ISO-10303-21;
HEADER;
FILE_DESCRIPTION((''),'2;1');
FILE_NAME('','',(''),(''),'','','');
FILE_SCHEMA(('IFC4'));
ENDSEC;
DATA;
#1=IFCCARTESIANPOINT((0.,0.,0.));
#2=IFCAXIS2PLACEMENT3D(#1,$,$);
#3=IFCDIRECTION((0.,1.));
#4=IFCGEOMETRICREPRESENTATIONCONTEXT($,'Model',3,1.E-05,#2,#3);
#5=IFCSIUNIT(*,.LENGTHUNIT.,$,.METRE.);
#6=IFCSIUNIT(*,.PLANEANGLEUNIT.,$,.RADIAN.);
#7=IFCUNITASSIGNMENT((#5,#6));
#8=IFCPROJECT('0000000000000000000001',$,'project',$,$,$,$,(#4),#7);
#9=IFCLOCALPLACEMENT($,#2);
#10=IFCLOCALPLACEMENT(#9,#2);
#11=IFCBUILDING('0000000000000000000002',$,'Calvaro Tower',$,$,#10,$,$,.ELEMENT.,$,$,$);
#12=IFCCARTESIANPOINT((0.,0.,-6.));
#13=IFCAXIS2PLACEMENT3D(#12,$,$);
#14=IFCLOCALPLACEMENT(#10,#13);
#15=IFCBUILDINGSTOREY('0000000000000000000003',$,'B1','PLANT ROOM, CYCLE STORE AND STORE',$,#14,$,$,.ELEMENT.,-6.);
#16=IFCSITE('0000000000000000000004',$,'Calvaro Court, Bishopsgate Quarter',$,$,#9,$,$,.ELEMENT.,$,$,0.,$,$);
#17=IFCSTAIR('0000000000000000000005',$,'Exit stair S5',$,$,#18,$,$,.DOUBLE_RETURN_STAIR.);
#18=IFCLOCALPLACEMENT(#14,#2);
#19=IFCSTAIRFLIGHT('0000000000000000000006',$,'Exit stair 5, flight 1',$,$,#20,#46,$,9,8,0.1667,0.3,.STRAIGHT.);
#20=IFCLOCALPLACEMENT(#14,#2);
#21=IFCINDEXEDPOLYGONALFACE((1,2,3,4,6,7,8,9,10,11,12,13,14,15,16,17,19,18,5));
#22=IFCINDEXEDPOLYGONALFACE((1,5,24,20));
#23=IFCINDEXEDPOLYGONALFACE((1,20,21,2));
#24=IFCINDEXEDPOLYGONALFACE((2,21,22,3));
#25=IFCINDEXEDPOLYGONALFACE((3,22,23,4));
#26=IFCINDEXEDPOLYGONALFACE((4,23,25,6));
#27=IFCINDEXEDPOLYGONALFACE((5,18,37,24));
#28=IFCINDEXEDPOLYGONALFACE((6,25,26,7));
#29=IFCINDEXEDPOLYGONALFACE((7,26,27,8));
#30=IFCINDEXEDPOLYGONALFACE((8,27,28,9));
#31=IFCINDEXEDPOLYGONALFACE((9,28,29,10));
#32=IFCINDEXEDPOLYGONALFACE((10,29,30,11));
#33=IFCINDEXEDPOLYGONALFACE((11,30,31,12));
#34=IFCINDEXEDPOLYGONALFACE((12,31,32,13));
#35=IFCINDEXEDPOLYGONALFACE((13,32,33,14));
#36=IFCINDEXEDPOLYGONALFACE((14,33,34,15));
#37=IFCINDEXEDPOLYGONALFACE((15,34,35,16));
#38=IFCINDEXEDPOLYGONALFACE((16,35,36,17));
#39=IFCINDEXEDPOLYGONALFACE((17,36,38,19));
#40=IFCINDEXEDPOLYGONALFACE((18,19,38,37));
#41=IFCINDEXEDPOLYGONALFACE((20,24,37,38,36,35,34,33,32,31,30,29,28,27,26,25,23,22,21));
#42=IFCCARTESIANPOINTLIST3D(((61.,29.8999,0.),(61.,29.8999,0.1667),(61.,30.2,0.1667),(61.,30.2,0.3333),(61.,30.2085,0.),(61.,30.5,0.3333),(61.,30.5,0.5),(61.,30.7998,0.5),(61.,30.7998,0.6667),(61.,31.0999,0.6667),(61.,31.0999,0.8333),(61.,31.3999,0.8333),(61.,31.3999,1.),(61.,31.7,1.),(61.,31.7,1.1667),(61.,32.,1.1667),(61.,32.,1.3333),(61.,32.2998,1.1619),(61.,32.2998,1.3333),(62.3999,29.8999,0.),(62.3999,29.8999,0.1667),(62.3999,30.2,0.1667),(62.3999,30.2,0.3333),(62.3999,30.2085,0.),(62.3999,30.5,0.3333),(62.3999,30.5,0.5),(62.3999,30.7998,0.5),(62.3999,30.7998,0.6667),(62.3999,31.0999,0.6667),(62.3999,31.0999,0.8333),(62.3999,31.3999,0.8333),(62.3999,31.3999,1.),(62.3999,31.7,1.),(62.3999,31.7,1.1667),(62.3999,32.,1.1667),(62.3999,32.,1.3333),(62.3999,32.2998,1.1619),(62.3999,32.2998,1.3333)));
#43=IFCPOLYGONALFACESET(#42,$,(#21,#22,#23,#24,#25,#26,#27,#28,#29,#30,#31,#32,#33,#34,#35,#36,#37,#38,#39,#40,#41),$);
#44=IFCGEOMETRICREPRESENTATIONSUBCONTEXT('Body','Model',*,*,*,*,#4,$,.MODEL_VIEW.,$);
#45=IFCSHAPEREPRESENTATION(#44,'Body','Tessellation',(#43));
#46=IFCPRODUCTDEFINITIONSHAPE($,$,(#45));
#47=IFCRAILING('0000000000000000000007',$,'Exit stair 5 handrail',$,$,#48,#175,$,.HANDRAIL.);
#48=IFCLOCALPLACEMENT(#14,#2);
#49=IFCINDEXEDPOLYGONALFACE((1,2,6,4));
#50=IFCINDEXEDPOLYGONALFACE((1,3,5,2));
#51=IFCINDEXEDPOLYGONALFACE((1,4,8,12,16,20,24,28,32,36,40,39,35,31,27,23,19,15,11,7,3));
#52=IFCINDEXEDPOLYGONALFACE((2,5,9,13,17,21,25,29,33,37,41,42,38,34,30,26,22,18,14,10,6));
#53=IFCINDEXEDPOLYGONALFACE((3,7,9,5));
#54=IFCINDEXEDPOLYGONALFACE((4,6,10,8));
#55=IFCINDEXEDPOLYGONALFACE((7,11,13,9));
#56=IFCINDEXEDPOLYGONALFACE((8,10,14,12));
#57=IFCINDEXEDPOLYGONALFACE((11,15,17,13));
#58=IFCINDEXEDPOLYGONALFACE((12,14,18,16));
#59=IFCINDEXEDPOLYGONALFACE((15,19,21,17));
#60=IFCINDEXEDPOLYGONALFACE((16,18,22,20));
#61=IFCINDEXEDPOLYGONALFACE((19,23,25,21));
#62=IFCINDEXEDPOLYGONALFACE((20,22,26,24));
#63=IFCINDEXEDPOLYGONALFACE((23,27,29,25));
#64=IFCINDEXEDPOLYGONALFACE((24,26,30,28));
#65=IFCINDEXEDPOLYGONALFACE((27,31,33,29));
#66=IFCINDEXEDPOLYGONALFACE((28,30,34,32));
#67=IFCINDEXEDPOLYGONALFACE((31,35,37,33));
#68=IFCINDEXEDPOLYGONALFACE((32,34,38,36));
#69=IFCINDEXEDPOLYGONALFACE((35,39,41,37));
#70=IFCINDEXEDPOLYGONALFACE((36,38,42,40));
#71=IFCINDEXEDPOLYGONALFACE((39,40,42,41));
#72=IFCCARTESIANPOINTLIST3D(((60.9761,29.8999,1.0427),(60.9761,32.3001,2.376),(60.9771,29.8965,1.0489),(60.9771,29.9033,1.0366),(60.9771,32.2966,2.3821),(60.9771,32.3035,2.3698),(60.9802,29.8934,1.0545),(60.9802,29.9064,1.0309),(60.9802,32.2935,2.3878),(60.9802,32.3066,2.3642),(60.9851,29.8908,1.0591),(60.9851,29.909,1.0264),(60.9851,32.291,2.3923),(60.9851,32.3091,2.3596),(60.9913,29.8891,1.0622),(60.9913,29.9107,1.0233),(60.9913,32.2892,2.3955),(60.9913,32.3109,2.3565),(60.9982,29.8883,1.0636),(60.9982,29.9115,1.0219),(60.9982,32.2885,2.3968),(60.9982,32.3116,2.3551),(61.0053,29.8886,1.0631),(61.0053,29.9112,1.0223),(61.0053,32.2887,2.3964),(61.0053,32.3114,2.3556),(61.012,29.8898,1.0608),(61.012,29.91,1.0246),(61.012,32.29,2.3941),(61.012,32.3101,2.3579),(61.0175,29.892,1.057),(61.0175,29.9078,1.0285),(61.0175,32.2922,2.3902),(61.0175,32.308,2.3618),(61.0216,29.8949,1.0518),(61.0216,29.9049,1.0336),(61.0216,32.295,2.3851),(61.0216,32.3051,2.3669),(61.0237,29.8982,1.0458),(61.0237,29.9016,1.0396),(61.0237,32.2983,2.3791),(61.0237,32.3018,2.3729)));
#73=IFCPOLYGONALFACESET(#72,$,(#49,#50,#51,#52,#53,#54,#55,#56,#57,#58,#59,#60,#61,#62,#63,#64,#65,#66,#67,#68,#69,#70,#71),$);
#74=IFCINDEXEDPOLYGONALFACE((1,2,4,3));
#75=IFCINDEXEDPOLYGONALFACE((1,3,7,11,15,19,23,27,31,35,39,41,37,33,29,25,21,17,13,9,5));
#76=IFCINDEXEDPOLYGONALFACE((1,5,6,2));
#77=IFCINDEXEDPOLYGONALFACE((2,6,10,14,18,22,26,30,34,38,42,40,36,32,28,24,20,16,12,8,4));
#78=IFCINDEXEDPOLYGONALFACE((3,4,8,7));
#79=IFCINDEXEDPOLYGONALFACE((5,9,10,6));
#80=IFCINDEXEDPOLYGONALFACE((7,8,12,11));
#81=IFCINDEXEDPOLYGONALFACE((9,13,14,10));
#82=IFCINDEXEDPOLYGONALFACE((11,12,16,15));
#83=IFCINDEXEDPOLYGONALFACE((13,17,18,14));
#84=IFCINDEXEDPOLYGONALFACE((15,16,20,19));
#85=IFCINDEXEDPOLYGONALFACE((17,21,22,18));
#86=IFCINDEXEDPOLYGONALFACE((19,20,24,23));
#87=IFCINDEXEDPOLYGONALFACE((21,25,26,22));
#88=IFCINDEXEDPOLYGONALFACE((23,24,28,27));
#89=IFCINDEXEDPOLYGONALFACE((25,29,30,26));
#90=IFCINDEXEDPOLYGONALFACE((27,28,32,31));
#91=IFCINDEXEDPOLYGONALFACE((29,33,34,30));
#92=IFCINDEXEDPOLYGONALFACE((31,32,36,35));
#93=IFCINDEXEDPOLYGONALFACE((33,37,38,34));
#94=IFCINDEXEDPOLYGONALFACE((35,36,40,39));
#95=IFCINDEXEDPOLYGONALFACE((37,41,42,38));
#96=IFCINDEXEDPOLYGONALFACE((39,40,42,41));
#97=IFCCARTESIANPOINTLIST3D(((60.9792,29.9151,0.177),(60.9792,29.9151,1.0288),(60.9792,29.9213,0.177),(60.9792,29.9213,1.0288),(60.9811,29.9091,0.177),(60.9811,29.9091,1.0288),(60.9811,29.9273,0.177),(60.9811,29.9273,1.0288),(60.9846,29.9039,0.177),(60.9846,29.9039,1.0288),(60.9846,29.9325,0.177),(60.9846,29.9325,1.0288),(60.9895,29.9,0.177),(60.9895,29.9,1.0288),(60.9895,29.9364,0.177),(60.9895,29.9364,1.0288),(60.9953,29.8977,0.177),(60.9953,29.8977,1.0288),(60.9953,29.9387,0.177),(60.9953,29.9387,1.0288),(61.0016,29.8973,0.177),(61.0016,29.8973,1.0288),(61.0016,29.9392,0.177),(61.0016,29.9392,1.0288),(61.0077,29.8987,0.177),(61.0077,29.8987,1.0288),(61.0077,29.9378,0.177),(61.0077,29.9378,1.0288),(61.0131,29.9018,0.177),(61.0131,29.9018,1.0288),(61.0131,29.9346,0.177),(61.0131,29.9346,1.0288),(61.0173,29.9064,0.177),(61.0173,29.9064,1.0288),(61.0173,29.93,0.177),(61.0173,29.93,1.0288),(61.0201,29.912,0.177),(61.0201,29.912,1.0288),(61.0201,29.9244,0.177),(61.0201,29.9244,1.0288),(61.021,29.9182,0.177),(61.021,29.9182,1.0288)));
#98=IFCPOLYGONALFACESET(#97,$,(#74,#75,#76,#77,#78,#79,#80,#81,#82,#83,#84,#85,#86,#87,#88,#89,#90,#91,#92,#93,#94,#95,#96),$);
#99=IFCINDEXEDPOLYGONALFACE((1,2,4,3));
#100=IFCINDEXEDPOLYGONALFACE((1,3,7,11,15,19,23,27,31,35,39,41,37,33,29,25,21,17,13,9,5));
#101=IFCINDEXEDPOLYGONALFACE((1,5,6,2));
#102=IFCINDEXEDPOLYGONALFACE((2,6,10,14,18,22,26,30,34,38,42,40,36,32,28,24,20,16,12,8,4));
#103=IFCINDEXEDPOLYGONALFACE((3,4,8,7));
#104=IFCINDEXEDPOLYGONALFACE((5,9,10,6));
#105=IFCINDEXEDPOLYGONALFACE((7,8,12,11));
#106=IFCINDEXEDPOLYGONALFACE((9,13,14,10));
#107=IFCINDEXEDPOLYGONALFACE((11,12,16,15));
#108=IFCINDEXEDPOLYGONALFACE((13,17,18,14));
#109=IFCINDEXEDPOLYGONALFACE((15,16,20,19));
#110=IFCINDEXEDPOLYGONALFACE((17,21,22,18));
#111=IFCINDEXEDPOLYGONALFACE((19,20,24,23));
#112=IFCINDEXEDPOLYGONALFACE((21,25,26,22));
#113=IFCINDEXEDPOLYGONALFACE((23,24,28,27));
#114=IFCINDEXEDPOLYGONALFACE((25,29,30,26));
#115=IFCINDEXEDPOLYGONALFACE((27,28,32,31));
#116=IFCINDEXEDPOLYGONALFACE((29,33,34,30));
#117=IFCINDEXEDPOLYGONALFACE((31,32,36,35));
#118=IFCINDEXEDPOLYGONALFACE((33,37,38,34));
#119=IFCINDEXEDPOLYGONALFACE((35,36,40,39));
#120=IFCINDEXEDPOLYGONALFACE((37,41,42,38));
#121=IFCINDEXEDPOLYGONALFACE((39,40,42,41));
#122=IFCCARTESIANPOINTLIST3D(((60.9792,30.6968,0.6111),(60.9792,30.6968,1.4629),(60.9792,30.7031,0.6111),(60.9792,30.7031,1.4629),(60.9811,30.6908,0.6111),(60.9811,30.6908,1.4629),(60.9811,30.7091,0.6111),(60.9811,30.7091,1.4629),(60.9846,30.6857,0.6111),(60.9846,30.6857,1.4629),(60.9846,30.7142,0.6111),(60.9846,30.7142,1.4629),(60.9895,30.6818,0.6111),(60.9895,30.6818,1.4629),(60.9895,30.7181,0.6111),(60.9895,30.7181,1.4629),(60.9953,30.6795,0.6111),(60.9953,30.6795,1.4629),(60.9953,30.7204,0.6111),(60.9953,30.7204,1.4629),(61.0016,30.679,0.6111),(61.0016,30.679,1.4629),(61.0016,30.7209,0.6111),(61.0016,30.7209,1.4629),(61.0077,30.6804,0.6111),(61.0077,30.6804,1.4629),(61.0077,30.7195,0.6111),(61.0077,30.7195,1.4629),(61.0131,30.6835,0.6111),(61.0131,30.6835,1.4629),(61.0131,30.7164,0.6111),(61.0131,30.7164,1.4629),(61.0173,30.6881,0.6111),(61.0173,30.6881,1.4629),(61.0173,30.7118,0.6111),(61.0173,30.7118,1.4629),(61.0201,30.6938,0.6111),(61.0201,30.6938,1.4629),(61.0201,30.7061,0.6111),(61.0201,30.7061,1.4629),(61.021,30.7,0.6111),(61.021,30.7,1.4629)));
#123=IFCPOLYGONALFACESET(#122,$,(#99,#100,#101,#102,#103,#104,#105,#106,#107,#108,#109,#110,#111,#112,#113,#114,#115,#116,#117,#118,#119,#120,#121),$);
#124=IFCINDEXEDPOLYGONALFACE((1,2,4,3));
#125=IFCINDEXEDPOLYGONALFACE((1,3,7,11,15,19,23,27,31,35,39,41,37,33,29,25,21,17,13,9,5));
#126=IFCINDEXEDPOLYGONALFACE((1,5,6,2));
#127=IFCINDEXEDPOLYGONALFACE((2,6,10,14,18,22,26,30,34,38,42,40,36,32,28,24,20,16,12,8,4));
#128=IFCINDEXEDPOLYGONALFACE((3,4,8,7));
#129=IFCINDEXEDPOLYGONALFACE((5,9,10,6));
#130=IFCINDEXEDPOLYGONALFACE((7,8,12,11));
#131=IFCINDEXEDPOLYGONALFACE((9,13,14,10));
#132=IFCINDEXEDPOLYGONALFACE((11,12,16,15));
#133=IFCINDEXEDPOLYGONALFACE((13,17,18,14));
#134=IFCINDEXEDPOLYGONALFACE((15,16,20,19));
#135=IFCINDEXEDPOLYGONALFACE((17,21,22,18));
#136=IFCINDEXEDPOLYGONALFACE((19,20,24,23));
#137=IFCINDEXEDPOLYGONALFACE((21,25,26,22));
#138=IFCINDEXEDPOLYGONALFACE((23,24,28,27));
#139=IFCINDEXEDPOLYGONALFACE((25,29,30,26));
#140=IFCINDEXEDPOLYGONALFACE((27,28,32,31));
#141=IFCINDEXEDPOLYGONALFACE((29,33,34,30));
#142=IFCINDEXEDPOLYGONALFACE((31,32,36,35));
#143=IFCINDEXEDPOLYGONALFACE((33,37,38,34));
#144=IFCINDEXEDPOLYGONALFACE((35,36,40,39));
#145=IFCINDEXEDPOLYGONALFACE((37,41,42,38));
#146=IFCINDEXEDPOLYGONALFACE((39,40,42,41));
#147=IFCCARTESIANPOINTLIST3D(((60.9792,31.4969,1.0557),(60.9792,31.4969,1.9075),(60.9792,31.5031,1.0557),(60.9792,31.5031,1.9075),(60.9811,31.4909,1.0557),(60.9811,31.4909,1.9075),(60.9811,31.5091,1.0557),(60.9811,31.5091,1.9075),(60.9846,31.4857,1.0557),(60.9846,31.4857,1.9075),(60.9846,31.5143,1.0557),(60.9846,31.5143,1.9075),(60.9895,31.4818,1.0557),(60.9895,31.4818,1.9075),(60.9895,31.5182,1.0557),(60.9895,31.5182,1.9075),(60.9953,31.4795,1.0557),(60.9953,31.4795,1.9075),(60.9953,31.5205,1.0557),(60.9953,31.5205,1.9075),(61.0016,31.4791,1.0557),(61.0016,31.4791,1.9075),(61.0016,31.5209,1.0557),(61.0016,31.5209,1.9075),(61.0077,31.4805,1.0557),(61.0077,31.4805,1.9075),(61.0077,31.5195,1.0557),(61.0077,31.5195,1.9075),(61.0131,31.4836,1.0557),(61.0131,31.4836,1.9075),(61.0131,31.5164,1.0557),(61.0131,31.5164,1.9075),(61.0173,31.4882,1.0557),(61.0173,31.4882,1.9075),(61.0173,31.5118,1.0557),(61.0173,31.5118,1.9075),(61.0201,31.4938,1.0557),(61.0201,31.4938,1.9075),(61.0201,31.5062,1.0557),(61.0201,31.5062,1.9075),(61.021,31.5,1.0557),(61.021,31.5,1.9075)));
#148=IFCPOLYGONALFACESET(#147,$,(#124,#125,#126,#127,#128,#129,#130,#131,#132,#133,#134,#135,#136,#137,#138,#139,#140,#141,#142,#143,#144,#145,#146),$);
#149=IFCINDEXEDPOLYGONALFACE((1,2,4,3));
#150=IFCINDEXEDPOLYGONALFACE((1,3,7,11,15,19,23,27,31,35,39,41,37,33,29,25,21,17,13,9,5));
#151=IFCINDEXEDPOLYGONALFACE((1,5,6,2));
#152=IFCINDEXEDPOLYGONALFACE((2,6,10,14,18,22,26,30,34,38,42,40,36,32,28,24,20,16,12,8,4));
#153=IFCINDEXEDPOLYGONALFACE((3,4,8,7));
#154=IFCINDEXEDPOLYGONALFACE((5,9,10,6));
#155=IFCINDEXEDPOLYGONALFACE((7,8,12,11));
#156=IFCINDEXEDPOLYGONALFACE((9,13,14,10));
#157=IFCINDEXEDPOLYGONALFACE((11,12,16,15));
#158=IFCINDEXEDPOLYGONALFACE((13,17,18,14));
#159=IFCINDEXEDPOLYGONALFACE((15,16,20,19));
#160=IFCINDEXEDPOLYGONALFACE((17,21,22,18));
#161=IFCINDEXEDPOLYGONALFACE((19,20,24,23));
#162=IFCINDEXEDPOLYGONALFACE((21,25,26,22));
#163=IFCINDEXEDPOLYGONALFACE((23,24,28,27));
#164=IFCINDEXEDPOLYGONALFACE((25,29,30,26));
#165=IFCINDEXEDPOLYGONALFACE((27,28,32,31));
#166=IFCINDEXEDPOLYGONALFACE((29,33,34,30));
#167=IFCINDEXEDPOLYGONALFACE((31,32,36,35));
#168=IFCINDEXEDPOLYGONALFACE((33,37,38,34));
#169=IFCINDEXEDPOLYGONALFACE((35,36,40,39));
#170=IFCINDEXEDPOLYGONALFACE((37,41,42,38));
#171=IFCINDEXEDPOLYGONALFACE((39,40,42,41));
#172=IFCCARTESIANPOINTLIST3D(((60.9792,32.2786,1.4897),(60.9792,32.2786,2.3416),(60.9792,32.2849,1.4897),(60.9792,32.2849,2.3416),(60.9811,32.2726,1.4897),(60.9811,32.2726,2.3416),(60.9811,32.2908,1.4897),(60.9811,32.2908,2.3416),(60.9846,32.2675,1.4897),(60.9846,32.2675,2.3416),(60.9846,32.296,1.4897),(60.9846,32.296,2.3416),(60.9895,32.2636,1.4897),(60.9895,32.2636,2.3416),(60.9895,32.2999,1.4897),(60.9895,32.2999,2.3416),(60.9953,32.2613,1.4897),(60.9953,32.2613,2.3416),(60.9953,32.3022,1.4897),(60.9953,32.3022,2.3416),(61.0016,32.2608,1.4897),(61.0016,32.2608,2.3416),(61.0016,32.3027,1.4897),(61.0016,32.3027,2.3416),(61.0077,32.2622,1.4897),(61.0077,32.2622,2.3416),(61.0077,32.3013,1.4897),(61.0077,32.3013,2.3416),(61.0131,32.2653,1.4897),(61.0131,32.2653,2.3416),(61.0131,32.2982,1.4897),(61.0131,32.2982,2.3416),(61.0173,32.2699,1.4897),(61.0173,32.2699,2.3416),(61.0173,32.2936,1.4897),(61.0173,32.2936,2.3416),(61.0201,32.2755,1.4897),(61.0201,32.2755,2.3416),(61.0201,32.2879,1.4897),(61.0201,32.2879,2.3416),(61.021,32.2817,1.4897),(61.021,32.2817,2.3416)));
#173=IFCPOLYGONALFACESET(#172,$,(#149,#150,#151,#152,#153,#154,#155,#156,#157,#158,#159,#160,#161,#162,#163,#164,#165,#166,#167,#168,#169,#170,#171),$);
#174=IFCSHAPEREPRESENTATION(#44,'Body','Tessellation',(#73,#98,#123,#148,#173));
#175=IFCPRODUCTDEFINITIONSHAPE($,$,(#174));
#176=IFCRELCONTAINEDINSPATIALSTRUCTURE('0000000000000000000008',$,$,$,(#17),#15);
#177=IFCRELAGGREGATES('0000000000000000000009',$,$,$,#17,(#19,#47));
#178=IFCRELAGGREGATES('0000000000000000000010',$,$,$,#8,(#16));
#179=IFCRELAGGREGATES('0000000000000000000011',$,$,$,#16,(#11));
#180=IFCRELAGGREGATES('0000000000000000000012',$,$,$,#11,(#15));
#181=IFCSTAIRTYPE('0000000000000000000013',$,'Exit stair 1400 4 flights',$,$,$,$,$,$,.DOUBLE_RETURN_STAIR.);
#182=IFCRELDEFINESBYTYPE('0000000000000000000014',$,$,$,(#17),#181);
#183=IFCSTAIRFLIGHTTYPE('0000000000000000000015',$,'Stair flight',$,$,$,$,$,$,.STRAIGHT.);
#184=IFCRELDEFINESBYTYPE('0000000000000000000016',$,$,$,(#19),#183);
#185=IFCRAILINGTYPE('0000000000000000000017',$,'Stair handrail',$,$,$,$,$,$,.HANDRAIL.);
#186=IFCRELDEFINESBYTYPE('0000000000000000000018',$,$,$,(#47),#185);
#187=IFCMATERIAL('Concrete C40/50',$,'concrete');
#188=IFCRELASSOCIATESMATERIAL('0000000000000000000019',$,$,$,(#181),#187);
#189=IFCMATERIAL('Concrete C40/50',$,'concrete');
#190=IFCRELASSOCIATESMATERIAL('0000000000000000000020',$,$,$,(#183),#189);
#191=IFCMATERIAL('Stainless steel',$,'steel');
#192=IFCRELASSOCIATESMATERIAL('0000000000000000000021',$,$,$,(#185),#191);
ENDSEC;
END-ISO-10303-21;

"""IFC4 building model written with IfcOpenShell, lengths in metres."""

from ifc_helpers import new_model, si_unit, direction, frame, origin, origin_2d, place, context, subcontext, project, spatial, polyline, circle, outline, extrude, material, type_object, element, aggregate, save


model = new_model("IFC4")

# Units and contexts
model_context = context("Model", 3, precision=1e-05, world=origin(), true_north=direction((0.0, 1.0)))
body_context = subcontext(model_context, "Body", "Model", "MODEL_VIEW")
ifc_project = project(units=[si_unit("LENGTHUNIT", "METRE"), si_unit("PLANEANGLEUNIT", "RADIAN")], contexts=[model_context])

# Site, building, storey
site_placement = place(None, origin())
site = spatial("IfcSite", under=ifc_project, at=site_placement, Name="Calvaro Court, Bishopsgate Quarter", CompositionType="ELEMENT", RefElevation=0.0)
building_placement = place(site_placement, origin())
building = spatial("IfcBuilding", under=site, at=building_placement, Name="Calvaro Tower", CompositionType="ELEMENT")
storey_placement = place(building_placement, frame((0.0, 0.0, -6.0)))
storey = spatial("IfcBuildingStorey", under=building, at=storey_placement, Name="B1", Description="PLANT ROOM, CYCLE STORE AND STORE", CompositionType="ELEMENT", Elevation=-6.0)

# Stair, stair flight, railing
ifc_material_1 = material(Name="Concrete C40/50", Category="concrete")
stair_type = type_object("IfcStairType", Name="Exit stair 1400 4 flights", PredefinedType="DOUBLE_RETURN_STAIR", material=ifc_material_1)
stair_placement = place(storey_placement, origin())
stair = element("IfcStair", 1, at=stair_placement, inside=storey, type_object=stair_type, Name="Exit stair S5", PredefinedType="DOUBLE_RETURN_STAIR")
ifc_material_2 = material(Name="Concrete C40/50", Category="concrete")
stair_flight_type = type_object("IfcStairFlightType", Name="Stair flight", PredefinedType="STRAIGHT", material=ifc_material_2)
stair_flight_placement = place(storey_placement, frame((61.7, 29.8999, 0.0), z_axis=(0.0, 0.0, 1.0), x_axis=(0.0, 1.0, 0.0)))
stair_flight = element("IfcStairFlight", 2, at=stair_flight_placement, type_object=stair_flight_type, Name="Exit stair 5, flight 1", NumberOfRisers=9, NumberOfTreads=8, PredefinedType="STRAIGHT", RiserHeight=0.1667, TreadLength=0.3, context=body_context, shape_type="SweptSolid", body=[
    extrude(outline(polyline([(0.0, 0.0), (0.0, 0.1667), (0.3, 0.1667), (0.3, 0.3333), (0.6001, 0.3333), (0.6001, 0.5), (0.8999, 0.5), (0.8999, 0.6667), (1.2, 0.6667), (1.2, 0.8333), (1.5, 0.8333), (1.5, 1.0), (1.8, 1.0), (1.8, 1.1667), (2.1001, 1.1667), (2.1001, 1.3333), (2.3999, 1.3333), (2.3999, 1.5), (2.3999, 1.1619), (0.3086, 0.0), (0.0, 0.0)])), frame((0.0, 0.7, 0.0), z_axis=(0.0, -1.0, 0.0), x_axis=(1.0, 0.0, 0.0)), (0.0, 0.0, 1.0), 1.3999),
])
ifc_material_3 = material(Name="Stainless steel", Category="steel")
railing_type = type_object("IfcRailingType", Name="Stair handrail", PredefinedType="HANDRAIL", material=ifc_material_3)
railing_1_placement = place(storey_placement, frame((61.0, 29.8999, 0.1667)))
railing_1 = element("IfcRailing", 3, at=railing_1_placement, type_object=railing_type, Name="Exit stair 5 handrail", PredefinedType="HANDRAIL", context=body_context, shape_type="SweptSolid", body=[
    extrude(circle(Radius=0.0239, at=origin_2d()), frame((0.0, 0.0, 0.876), z_axis=(0.0, 0.874182, 0.485598), x_axis=(-1.0, 0.0, 0.0)), (0.0, 0.0, 1.0), 2.7456),
    extrude(circle(Radius=0.021, at=origin_2d()), frame((0.0, 0.0183, 0.0103)), (0.0, 0.0, 1.0), 0.8518),
    extrude(circle(Radius=0.021, at=origin_2d()), frame((0.0, 0.8, 0.4443)), (0.0, 0.0, 1.0), 0.8518),
    extrude(circle(Radius=0.021, at=origin_2d()), frame((0.0, 1.6001, 0.8889)), (0.0, 0.0, 1.0), 0.8518),
    extrude(circle(Radius=0.021, at=origin_2d()), frame((0.0, 2.3818, 1.323)), (0.0, 0.0, 1.0), 0.8518),
])
aggregate(stair, [stair_flight, railing_1])

save(model, "model.ifc")
